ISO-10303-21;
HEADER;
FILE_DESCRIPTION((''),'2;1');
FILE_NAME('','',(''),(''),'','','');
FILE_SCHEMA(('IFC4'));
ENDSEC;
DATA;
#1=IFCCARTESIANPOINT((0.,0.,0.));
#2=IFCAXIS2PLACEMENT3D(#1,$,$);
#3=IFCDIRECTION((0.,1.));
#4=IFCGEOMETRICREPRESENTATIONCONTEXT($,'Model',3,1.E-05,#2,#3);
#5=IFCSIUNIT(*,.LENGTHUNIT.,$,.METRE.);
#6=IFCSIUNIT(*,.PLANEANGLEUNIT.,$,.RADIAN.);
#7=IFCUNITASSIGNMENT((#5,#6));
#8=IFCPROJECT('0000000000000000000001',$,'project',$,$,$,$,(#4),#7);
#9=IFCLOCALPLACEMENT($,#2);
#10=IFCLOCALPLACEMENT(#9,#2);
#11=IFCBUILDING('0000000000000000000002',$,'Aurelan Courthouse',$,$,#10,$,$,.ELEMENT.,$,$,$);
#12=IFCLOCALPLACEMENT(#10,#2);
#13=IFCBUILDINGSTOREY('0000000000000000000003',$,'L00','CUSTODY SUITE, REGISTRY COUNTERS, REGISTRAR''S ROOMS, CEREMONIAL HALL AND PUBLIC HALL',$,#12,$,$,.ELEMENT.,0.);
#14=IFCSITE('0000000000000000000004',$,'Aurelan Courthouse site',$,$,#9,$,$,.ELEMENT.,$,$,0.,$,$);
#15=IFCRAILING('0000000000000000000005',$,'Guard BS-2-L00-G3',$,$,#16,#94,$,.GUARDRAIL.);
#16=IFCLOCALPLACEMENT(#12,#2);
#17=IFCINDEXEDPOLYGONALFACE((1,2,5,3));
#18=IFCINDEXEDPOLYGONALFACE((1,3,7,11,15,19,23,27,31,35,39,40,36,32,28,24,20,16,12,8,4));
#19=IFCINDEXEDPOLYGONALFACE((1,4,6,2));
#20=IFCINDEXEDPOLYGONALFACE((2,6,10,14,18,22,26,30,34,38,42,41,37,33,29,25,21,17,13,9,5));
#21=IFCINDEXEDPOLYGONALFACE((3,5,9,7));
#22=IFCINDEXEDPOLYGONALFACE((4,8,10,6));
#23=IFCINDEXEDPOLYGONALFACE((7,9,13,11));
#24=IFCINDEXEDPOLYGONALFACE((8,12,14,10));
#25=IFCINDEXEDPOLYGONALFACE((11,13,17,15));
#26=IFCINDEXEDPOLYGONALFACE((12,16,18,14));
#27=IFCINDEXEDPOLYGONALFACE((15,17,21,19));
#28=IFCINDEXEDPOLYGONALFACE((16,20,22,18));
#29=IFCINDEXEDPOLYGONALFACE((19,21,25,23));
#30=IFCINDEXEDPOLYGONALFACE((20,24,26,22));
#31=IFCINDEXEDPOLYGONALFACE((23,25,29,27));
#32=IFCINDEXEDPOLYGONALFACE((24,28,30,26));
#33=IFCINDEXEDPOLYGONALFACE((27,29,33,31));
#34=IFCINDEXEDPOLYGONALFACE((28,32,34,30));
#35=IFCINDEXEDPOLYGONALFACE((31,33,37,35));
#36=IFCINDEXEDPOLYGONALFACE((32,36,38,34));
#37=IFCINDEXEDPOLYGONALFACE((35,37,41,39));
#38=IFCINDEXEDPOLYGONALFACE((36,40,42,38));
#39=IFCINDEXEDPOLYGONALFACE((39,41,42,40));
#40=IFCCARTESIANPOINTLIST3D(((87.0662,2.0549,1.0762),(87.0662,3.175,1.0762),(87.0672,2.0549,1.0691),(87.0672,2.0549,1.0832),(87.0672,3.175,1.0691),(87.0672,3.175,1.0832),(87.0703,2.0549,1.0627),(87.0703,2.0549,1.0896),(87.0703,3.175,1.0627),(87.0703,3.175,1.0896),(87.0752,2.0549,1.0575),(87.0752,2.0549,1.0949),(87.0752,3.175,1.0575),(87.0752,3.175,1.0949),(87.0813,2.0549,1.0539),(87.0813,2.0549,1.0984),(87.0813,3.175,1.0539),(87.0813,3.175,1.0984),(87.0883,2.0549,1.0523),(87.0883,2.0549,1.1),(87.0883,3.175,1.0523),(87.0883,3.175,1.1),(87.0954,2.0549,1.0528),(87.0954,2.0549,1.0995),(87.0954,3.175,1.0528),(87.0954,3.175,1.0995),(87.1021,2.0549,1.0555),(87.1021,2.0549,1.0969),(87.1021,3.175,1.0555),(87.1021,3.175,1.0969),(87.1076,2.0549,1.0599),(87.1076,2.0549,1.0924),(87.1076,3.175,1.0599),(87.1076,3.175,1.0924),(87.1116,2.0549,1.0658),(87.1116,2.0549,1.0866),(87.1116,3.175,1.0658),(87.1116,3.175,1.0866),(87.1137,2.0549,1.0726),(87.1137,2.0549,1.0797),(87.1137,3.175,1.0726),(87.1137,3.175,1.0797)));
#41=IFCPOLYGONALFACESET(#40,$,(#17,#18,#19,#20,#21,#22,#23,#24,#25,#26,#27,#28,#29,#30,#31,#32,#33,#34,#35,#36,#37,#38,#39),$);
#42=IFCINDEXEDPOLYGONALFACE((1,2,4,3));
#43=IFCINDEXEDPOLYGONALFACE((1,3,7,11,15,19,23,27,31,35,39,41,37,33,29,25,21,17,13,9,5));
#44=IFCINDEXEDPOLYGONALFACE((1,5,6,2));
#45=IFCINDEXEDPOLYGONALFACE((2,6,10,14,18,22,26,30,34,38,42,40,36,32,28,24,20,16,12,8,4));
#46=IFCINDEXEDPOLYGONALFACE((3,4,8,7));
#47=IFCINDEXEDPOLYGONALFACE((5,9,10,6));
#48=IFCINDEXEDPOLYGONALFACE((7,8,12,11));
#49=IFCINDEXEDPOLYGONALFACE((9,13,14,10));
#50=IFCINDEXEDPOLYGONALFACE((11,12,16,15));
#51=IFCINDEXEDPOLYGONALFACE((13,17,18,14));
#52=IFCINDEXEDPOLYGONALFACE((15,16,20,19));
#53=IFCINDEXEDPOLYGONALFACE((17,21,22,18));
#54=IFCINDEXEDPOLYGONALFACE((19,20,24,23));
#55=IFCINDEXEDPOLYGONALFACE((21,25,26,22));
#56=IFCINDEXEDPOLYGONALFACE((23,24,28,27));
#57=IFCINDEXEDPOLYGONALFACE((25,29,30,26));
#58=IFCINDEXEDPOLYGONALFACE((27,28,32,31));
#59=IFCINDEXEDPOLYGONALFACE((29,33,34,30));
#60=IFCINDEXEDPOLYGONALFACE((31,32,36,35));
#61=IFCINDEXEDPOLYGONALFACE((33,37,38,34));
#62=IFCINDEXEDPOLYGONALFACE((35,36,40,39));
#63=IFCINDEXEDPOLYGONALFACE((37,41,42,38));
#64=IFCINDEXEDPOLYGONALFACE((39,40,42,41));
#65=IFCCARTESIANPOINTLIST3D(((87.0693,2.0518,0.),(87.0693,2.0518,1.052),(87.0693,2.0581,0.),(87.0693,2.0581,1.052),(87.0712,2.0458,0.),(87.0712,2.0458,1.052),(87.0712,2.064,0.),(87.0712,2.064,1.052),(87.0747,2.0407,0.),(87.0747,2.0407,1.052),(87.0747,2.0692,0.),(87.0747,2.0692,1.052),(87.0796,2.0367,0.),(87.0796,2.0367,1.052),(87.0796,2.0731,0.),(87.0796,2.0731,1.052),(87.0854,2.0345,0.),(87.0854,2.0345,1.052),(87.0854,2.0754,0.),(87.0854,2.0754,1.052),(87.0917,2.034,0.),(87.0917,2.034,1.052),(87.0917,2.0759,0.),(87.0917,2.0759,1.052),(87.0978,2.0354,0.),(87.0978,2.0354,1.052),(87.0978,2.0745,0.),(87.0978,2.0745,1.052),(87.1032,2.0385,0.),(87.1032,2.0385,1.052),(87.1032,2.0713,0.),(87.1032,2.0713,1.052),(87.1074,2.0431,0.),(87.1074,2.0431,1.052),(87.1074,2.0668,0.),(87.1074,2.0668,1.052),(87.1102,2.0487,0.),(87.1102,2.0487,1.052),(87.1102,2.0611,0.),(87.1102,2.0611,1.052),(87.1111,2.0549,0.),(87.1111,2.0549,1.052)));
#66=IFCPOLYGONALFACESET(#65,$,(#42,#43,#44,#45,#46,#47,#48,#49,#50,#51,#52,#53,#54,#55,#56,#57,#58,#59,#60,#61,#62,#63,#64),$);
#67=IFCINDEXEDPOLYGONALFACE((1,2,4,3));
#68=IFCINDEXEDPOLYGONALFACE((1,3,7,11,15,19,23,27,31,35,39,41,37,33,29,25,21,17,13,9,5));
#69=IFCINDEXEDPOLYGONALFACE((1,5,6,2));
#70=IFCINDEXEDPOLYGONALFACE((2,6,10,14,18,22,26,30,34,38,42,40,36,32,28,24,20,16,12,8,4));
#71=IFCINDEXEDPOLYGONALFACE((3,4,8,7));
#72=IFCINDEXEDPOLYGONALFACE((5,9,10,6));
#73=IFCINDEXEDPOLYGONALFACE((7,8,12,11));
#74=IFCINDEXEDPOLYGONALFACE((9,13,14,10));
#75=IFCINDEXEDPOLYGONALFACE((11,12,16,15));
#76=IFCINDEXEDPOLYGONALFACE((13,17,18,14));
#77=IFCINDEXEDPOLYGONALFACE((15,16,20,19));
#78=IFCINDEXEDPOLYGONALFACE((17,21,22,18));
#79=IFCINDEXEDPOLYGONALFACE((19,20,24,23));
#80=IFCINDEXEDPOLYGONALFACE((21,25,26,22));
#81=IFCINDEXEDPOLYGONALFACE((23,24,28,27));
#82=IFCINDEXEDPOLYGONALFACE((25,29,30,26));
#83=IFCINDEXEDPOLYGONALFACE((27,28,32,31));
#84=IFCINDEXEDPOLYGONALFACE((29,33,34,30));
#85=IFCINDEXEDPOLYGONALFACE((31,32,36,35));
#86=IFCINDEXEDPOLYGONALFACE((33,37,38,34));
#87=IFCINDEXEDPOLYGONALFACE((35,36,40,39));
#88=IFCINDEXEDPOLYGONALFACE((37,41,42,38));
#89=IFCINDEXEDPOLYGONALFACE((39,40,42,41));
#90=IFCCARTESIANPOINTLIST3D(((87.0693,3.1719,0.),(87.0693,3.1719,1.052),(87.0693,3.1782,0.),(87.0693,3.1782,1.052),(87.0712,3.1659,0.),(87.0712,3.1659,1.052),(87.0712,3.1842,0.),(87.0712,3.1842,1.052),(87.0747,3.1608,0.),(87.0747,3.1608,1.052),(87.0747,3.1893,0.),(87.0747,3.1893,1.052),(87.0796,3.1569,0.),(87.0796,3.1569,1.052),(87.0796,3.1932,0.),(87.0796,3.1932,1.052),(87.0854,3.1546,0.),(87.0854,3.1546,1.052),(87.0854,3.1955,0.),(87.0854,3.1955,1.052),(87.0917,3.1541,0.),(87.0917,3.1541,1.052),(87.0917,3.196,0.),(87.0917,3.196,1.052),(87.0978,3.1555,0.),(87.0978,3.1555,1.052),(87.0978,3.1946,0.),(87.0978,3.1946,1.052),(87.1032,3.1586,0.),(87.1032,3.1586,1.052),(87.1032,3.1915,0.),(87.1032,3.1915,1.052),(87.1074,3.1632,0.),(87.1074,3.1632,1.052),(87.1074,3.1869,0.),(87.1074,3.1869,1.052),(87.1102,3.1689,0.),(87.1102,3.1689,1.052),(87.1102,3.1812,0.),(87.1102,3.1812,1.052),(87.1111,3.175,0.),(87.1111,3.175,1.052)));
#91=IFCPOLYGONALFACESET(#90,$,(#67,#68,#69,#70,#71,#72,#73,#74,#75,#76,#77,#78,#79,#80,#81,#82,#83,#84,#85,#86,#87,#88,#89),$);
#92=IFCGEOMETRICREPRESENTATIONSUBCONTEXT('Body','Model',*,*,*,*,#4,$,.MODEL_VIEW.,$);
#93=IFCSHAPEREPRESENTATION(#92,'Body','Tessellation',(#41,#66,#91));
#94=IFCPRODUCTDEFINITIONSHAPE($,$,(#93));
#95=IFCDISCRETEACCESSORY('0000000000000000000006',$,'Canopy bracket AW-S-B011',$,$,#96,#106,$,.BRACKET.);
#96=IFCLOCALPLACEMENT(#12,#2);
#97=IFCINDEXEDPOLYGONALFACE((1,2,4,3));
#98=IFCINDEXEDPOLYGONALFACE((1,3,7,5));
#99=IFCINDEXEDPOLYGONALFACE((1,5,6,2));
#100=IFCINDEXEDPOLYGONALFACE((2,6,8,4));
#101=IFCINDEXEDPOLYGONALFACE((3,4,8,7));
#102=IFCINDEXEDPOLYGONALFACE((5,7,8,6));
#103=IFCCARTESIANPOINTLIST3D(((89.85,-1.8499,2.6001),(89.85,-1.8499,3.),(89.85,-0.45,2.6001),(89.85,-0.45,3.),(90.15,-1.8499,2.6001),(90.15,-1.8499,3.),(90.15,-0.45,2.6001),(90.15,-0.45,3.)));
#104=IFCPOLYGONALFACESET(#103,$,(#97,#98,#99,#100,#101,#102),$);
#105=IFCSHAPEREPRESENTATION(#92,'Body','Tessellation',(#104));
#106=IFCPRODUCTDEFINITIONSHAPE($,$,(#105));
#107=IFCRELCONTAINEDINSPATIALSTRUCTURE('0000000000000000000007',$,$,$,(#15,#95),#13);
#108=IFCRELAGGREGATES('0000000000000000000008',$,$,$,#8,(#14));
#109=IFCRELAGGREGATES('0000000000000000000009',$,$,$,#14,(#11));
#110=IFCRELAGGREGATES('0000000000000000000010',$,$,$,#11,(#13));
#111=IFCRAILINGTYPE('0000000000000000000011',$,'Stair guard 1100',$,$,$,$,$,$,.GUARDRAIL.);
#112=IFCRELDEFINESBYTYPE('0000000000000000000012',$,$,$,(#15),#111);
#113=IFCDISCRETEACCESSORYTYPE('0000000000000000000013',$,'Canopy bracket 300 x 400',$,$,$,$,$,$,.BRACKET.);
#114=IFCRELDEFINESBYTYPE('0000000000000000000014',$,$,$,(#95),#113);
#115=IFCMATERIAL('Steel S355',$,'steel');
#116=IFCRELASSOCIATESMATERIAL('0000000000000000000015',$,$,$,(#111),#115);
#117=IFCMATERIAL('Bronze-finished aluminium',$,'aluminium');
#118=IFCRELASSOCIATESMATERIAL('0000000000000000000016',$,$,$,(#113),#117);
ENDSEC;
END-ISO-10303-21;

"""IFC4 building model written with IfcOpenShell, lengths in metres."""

from ifc_helpers import new_model, si_unit, direction, frame, origin, origin_2d, place, context, subcontext, project, spatial, rectangle, circle, extrude, material, type_object, element, save


model = new_model("IFC4")

# Units and contexts
model_context = context("Model", 3, precision=1e-05, world=origin(), true_north=direction((0.0, 1.0)))
body_context = subcontext(model_context, "Body", "Model", "MODEL_VIEW")
ifc_project = project(units=[si_unit("LENGTHUNIT", "METRE"), si_unit("PLANEANGLEUNIT", "RADIAN")], contexts=[model_context])

# Site, building, storey
site_placement = place(None, origin())
site = spatial("IfcSite", under=ifc_project, at=site_placement, Name="Aurelan Courthouse site", CompositionType="ELEMENT", RefElevation=0.0)
building_placement = place(site_placement, origin())
building = spatial("IfcBuilding", under=site, at=building_placement, Name="Aurelan Courthouse", CompositionType="ELEMENT")
storey_placement = place(building_placement, origin())
storey = spatial("IfcBuildingStorey", under=building, at=storey_placement, Name="L00", Description="CUSTODY SUITE, REGISTRY COUNTERS, REGISTRAR'S ROOMS, CEREMONIAL HALL AND PUBLIC HALL", CompositionType="ELEMENT", Elevation=0.0)

# Railing
ifc_material_1 = material(Name="Steel S355", Category="steel")
railing_type = type_object("IfcRailingType", Name="Stair guard 1100", PredefinedType="GUARDRAIL", material=ifc_material_1)
railing_1_placement = place(storey_placement, frame((87.0901, 2.0549, 0.0)))
element("IfcRailing", 1, at=railing_1_placement, inside=storey, type_object=railing_type, Name="Guard BS-2-L00-G3", PredefinedType="GUARDRAIL", context=body_context, shape_type="SweptSolid", body=[
    extrude(circle(Radius=0.0239, at=origin_2d()), frame((0.0, 0.0, 1.0762), z_axis=(0.0, 1.0, 0.0), x_axis=(-1.0, 0.0, 0.0)), (0.0, 0.0, 1.0), 1.1201),
    extrude(circle(Radius=0.021, at=origin_2d()), origin(), (0.0, 0.0, 1.0), 1.052),
    extrude(circle(Radius=0.021, at=origin_2d()), frame((0.0, 1.1201, 0.0)), (0.0, 0.0, 1.0), 1.052),
])

# Discrete accessory
ifc_material_2 = material(Name="Bronze-finished aluminium", Category="aluminium")
discrete_accessory_type = type_object("IfcDiscreteAccessoryType", Name="Canopy bracket 300 x 400", PredefinedType="BRACKET", material=ifc_material_2)
discrete_accessory_placement = place(storey_placement, frame((90.0, -1.1499, 2.6001), z_axis=(0.0, 0.0, 1.0), x_axis=(1.0, 0.0, 0.0)))
element("IfcDiscreteAccessory", 2, at=discrete_accessory_placement, inside=storey, type_object=discrete_accessory_type, Name="Canopy bracket AW-S-B011", PredefinedType="BRACKET", context=body_context, shape_type="SweptSolid", body=[
    extrude(rectangle(XDim=0.3, YDim=1.3999, at=origin_2d()), origin(), (0.0, 0.0, 1.0), 0.3999),
])

save(model, "model.ifc")
